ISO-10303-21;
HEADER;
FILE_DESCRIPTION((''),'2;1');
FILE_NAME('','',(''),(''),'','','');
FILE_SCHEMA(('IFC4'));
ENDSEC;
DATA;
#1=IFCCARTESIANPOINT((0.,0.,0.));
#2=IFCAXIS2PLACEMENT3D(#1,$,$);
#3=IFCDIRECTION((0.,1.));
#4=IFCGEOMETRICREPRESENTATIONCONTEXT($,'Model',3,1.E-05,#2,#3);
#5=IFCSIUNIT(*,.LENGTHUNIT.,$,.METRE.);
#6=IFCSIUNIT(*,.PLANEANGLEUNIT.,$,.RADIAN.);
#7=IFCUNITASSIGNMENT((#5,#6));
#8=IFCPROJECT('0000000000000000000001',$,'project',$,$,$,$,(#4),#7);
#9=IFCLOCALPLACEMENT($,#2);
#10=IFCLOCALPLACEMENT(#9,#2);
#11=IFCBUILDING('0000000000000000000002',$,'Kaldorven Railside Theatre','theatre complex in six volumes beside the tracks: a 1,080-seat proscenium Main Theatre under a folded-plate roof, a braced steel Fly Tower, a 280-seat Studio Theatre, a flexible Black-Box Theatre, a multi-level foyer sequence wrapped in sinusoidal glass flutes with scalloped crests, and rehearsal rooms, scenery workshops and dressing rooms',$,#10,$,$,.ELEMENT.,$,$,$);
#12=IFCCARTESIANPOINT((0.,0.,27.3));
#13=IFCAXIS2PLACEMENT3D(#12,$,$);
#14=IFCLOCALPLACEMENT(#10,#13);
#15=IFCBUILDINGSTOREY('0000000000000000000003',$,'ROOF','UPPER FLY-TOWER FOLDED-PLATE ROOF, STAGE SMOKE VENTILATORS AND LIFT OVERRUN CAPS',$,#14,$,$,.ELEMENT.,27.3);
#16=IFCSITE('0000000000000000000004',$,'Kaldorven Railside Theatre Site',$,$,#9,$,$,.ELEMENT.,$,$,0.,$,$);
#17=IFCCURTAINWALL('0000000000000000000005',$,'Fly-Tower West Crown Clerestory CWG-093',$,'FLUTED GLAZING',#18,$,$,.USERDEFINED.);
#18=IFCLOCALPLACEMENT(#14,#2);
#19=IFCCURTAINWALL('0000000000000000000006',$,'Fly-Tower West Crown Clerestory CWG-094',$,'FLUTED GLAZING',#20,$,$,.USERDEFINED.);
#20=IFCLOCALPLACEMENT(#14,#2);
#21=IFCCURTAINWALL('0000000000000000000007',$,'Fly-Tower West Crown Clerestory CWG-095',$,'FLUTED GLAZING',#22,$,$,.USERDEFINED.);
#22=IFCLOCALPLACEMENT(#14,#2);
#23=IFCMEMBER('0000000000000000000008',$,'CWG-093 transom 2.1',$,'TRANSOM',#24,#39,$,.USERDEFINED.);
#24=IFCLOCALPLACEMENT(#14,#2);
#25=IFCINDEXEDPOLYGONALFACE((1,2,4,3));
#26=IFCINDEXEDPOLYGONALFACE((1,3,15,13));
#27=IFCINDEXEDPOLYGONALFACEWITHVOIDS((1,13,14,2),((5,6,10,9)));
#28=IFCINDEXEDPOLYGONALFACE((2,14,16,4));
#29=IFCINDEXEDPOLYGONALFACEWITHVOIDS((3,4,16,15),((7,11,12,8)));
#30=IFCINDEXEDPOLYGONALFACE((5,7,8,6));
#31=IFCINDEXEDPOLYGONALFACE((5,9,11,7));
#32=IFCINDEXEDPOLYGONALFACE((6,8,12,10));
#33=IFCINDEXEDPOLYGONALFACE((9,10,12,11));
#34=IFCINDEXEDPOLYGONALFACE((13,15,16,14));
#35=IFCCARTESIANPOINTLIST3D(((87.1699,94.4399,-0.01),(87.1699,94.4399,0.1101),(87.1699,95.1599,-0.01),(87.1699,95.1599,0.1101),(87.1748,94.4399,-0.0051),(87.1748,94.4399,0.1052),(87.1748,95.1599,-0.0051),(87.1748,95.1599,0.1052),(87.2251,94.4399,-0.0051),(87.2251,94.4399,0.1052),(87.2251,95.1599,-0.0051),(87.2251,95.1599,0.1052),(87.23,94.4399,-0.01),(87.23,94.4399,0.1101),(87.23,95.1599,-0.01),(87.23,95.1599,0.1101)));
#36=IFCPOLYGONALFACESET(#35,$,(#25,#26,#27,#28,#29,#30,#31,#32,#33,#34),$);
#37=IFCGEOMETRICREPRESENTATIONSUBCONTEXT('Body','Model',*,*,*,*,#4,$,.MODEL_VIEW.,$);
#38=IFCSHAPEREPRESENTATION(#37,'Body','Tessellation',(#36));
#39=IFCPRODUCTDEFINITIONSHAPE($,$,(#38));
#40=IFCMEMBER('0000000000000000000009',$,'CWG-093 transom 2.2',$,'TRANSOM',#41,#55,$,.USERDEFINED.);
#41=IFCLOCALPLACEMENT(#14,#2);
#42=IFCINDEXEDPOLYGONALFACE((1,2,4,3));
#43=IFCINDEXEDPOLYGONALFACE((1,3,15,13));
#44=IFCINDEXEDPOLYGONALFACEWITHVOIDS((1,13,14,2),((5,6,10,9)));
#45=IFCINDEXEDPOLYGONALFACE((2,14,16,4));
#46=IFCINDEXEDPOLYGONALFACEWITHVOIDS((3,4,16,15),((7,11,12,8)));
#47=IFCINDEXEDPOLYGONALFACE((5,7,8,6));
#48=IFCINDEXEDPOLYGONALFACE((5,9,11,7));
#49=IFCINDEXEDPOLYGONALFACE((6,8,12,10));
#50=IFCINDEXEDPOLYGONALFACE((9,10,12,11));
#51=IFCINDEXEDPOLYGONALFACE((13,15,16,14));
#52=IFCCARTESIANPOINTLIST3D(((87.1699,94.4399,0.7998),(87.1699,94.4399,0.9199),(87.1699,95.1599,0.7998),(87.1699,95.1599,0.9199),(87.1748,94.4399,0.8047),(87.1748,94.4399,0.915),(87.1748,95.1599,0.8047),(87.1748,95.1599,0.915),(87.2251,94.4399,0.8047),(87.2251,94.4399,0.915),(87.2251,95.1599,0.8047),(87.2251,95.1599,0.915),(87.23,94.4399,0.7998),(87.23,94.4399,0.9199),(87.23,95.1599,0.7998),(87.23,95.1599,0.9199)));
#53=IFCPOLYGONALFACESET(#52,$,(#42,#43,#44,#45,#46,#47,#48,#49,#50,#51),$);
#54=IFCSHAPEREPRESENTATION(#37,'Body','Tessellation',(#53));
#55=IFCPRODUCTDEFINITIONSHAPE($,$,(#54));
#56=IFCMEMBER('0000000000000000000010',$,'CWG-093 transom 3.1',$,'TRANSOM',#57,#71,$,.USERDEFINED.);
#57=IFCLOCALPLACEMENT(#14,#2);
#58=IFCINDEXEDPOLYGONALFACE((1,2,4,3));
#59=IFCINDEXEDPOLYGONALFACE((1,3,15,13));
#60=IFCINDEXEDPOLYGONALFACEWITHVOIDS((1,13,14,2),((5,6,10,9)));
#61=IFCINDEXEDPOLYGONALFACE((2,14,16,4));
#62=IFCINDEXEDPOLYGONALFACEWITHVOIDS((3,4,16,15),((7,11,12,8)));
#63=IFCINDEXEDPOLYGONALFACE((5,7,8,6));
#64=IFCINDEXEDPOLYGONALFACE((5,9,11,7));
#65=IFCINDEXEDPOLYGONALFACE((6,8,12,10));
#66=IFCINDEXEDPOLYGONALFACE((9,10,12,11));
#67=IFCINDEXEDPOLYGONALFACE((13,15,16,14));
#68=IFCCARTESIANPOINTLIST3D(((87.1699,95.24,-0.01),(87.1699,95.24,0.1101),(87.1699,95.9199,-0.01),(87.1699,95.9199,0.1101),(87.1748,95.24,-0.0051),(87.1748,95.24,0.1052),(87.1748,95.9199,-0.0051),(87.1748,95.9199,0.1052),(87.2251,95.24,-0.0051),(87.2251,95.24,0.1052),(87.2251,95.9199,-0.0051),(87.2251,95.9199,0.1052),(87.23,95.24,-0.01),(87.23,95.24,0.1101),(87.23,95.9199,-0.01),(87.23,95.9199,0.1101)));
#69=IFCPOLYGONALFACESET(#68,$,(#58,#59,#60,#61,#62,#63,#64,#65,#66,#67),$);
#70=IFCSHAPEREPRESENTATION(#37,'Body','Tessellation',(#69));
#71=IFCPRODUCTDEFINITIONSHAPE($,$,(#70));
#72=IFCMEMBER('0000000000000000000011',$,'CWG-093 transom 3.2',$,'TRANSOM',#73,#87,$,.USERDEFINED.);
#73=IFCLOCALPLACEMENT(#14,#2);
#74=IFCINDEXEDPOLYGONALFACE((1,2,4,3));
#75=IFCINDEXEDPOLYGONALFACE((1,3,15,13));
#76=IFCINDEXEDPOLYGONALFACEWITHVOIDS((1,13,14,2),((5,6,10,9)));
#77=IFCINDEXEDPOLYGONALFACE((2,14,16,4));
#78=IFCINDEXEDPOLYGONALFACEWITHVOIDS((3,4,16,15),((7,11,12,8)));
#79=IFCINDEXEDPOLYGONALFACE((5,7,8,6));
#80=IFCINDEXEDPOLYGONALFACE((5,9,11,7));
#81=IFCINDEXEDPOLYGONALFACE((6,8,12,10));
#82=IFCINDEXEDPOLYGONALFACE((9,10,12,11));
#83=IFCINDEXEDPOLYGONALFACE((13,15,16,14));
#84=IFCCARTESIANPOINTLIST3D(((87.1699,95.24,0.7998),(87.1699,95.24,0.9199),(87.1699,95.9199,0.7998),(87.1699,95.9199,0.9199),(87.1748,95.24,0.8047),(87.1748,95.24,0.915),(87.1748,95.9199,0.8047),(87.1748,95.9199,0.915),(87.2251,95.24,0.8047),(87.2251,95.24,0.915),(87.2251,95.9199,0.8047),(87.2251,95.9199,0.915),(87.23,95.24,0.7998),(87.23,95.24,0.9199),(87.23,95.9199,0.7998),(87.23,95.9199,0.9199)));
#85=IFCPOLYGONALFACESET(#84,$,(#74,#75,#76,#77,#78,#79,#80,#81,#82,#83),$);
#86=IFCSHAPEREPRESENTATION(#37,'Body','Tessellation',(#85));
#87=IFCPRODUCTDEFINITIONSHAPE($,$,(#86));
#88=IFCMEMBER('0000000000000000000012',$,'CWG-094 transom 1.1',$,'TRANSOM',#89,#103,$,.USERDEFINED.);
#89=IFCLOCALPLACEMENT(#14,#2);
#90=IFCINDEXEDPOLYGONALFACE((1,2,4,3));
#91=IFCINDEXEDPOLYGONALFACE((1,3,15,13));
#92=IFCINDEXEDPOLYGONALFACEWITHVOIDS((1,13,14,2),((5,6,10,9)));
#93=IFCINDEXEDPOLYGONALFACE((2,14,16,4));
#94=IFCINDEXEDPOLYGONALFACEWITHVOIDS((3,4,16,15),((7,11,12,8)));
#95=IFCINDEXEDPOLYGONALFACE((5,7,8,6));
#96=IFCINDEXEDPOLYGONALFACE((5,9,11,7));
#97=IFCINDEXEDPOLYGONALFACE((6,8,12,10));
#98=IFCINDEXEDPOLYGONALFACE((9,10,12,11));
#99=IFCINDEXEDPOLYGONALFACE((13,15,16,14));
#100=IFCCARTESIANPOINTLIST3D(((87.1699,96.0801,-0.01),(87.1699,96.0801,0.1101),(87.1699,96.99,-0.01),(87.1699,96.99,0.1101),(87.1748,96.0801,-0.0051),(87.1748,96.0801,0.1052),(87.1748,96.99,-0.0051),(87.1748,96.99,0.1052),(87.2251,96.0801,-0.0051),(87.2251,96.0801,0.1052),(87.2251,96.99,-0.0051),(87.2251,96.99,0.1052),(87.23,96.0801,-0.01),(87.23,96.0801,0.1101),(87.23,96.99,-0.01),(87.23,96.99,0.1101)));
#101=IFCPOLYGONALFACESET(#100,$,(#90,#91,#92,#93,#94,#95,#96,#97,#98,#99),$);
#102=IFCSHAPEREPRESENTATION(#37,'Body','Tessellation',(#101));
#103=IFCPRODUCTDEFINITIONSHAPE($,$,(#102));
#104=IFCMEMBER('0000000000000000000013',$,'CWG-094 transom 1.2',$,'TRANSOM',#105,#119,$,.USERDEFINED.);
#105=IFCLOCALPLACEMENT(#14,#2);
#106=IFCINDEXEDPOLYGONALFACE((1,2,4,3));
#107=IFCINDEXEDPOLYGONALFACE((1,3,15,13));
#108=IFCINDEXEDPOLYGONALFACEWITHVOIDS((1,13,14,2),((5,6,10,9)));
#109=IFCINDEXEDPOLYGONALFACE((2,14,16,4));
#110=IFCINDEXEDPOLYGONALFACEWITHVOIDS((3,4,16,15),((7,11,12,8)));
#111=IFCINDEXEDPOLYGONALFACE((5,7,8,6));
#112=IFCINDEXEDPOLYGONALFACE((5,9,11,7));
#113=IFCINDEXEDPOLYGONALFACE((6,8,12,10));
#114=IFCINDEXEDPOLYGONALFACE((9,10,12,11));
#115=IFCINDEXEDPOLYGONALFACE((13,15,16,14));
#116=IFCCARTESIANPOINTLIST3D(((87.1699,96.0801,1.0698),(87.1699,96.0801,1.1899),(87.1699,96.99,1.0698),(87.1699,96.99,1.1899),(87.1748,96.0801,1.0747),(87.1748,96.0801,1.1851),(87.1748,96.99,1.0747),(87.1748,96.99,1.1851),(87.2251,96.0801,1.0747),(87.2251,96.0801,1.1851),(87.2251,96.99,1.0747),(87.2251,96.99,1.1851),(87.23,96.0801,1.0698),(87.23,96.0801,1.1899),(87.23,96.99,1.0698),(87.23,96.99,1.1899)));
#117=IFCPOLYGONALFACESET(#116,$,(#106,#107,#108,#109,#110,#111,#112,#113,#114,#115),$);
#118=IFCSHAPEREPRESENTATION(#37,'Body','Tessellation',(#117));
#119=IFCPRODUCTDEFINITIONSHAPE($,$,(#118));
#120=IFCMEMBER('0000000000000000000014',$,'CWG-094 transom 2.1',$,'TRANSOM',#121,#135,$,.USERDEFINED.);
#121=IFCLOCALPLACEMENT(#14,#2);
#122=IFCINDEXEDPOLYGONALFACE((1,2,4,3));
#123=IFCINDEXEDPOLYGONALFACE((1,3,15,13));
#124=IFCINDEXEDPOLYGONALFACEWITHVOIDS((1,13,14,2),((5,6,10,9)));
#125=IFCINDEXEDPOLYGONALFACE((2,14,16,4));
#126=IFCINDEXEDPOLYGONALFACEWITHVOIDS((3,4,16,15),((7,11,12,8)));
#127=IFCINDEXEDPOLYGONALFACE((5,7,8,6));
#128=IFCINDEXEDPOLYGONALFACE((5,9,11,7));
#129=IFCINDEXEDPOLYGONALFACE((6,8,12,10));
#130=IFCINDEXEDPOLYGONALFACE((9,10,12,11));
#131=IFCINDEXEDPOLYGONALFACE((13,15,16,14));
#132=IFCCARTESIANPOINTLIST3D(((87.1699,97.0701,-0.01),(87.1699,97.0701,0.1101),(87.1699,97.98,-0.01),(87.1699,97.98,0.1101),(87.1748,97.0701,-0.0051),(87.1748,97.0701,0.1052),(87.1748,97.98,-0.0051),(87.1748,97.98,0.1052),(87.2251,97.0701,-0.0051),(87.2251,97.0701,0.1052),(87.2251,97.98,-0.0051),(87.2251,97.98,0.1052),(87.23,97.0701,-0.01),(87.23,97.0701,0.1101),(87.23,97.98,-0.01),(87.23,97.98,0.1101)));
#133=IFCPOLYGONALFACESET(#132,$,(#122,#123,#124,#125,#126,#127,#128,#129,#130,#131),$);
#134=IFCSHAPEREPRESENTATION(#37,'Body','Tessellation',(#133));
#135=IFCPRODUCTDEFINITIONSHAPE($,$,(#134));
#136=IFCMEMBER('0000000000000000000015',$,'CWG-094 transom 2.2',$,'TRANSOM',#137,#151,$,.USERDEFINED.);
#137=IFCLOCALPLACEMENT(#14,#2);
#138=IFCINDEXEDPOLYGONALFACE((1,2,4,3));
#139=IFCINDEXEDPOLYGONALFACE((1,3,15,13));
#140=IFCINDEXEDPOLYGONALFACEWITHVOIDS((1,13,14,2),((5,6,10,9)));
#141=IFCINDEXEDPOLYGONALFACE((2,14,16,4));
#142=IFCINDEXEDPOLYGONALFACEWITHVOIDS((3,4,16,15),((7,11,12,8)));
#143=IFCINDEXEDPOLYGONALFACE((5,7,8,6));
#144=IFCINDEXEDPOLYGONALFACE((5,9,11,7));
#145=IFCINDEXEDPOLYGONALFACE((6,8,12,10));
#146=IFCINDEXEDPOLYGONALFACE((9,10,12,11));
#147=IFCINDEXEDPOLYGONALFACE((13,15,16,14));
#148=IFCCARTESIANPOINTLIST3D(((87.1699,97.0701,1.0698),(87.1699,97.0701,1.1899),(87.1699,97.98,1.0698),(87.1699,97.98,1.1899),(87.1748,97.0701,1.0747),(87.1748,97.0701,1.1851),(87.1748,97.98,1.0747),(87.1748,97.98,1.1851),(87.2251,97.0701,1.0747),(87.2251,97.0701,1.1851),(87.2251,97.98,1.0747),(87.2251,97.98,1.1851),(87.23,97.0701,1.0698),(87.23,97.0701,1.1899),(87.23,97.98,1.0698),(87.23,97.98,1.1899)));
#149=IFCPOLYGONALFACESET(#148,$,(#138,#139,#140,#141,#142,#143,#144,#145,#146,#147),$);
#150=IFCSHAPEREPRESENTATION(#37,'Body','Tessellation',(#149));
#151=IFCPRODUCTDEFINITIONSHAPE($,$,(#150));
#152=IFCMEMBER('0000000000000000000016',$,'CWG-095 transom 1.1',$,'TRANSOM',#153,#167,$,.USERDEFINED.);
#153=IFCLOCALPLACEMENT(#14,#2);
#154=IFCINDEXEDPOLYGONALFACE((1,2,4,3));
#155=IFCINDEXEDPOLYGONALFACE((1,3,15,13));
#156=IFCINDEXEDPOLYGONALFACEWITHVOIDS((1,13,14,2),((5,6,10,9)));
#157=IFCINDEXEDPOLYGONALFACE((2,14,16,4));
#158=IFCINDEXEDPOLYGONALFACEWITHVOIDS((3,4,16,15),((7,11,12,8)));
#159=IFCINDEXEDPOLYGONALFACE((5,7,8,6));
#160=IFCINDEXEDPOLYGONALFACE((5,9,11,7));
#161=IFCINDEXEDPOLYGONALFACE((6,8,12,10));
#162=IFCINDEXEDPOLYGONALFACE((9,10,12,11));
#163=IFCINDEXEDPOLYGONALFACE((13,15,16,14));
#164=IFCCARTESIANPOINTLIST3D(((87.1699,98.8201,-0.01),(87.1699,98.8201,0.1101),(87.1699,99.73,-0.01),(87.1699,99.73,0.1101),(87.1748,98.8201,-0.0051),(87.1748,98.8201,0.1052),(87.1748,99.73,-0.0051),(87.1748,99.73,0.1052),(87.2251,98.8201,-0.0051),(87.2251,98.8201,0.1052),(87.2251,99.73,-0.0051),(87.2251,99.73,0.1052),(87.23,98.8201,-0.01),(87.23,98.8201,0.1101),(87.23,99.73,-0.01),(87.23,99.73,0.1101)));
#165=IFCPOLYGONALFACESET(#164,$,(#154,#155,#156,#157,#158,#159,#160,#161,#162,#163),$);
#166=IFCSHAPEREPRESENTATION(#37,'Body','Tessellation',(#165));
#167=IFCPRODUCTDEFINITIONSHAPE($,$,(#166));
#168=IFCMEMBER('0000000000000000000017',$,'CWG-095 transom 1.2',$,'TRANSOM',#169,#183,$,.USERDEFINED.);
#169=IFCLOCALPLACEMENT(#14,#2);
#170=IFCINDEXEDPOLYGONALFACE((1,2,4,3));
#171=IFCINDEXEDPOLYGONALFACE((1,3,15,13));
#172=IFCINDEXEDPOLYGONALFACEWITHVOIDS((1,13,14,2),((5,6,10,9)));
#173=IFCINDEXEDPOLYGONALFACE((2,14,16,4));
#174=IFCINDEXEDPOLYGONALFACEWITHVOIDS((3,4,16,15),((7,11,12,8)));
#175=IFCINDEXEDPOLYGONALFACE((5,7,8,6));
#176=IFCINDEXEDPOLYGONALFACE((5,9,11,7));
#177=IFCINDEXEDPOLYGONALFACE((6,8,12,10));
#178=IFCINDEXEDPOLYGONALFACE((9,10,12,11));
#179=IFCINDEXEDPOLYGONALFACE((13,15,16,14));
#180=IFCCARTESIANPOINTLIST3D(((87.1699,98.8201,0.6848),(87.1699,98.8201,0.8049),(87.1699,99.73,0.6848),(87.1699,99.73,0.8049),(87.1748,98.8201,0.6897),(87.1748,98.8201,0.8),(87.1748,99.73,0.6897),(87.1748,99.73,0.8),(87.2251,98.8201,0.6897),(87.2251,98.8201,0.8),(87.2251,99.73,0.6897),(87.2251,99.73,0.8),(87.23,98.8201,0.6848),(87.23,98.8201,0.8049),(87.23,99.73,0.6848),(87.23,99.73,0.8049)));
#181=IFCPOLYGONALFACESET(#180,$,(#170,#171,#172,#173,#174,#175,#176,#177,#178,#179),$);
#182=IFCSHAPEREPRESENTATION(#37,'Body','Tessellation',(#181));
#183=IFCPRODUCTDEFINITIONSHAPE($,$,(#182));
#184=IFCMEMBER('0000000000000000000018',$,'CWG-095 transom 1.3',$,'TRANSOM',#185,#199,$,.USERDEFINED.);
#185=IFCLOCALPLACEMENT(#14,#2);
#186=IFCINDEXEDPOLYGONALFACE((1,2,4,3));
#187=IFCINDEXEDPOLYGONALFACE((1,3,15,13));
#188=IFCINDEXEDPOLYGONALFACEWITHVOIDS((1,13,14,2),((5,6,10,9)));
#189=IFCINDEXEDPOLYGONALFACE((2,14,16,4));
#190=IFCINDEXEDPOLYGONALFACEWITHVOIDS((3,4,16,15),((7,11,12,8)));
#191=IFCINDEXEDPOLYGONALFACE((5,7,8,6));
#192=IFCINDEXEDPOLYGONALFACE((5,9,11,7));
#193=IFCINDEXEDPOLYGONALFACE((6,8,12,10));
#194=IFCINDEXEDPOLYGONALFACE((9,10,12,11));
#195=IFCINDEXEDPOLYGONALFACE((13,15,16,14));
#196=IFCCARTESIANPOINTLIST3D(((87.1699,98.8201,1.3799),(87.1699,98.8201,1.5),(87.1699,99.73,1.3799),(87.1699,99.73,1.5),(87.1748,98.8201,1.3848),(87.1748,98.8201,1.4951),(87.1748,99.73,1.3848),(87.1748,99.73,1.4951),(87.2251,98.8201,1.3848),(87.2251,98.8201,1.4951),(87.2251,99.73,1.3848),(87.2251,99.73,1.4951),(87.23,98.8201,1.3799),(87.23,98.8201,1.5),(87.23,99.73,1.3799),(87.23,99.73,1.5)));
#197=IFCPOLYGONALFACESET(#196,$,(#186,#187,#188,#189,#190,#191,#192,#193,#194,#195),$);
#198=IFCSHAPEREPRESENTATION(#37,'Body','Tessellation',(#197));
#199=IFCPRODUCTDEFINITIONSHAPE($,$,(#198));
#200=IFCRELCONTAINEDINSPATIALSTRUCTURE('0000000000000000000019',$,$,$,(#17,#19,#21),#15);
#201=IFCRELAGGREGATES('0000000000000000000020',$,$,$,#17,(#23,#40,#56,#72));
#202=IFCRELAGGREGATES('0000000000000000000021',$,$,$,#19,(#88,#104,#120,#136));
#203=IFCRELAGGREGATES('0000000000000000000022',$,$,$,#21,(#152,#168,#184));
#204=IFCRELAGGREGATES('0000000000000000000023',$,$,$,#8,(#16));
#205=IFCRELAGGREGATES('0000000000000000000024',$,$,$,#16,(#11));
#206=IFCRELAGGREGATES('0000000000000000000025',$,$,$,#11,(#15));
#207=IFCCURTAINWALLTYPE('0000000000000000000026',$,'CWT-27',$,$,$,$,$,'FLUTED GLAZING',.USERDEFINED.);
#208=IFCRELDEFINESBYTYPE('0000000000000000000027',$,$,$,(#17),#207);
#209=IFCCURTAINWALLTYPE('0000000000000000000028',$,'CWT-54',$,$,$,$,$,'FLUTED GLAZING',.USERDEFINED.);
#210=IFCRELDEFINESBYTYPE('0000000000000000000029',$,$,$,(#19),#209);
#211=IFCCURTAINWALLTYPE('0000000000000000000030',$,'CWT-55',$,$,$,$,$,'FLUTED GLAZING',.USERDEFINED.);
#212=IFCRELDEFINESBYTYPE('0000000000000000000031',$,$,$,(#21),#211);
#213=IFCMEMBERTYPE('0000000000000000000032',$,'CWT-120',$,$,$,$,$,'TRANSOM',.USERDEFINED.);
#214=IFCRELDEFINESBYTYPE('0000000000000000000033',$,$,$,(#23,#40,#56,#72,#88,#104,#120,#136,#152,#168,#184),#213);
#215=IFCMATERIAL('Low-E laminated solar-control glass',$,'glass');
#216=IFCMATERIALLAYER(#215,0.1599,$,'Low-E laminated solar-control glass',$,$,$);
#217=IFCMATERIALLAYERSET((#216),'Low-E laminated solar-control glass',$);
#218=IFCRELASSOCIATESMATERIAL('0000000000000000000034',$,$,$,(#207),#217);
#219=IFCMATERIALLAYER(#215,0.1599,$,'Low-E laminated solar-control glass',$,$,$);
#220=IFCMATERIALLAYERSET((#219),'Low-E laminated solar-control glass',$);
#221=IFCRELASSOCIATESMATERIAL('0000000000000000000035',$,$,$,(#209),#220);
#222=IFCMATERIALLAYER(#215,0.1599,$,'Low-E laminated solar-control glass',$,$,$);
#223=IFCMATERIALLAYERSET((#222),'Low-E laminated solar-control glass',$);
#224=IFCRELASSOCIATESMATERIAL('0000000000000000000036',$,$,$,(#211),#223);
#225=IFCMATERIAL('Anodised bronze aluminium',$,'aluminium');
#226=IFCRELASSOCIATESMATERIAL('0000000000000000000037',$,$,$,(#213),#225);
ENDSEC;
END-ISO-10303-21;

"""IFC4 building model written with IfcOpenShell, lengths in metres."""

from ifc_helpers import new_model, si_unit, direction, frame, origin, origin_2d, place, context, subcontext, project, spatial, hollow_rectangle, extrude, material, layer, layer_set, material_profile, profile_set, type_object, element, aggregate, save


model = new_model("IFC4")

# Units and contexts
model_context = context("Model", 3, precision=1e-05, world=origin(), true_north=direction((0.0, 1.0)))
body_context = subcontext(model_context, "Body", "Model", "MODEL_VIEW")
ifc_project = project(units=[si_unit("LENGTHUNIT", "METRE"), si_unit("PLANEANGLEUNIT", "RADIAN")], contexts=[model_context])

# Site, building, storey
site_placement = place(None, origin())
site = spatial("IfcSite", under=ifc_project, at=site_placement, Name="Kaldorven Railside Theatre Site", CompositionType="ELEMENT", RefElevation=0.0)
building_placement = place(site_placement, origin())
building = spatial("IfcBuilding", under=site, at=building_placement, Name="Kaldorven Railside Theatre", Description="theatre complex in six volumes beside the tracks: a 1,080-seat proscenium Main Theatre under a folded-plate roof, a braced steel Fly Tower, a 280-seat Studio Theatre, a flexible Black-Box Theatre, a multi-level foyer sequence wrapped in sinusoidal glass flutes with scalloped crests, and rehearsal rooms, scenery workshops and dressing rooms", CompositionType="ELEMENT")
storey_placement = place(building_placement, frame((0.0, 0.0, 27.3)))
storey = spatial("IfcBuildingStorey", under=building, at=storey_placement, Name="ROOF", Description="UPPER FLY-TOWER FOLDED-PLATE ROOF, STAGE SMOKE VENTILATORS AND LIFT OVERRUN CAPS", CompositionType="ELEMENT", Elevation=27.3)

# Curtain walls
ifc_material_1 = material(Name="Low-E laminated solar-control glass", Category="glass")
ifc_layer_1 = layer(ifc_material_1, 0.1599, Name="Low-E laminated solar-control glass")
ifc_layer_set_1 = layer_set([ifc_layer_1], Name="Low-E laminated solar-control glass")
curtain_wall_type_1 = type_object("IfcCurtainWallType", Name="CWT-27", ElementType="FLUTED GLAZING", PredefinedType="USERDEFINED", material=ifc_layer_set_1)
curtain_wall_1_placement = place(storey_placement, origin())
curtain_wall_1 = element("IfcCurtainWall", 1, at=curtain_wall_1_placement, inside=storey, type_object=curtain_wall_type_1, Name="Fly-Tower West Crown Clerestory CWG-093", ObjectType="FLUTED GLAZING", PredefinedType="USERDEFINED")
ifc_material_2 = material(Name="Anodised bronze aluminium", Category="aluminium")
ifc_layer_2 = layer(ifc_material_1, 0.1599, Name="Low-E laminated solar-control glass")
ifc_layer_set_2 = layer_set([ifc_layer_2], Name="Low-E laminated solar-control glass")
curtain_wall_type_2 = type_object("IfcCurtainWallType", Name="CWT-54", ElementType="FLUTED GLAZING", PredefinedType="USERDEFINED", material=ifc_layer_set_2)
curtain_wall_2_placement = place(storey_placement, origin())
curtain_wall_2 = element("IfcCurtainWall", 2, at=curtain_wall_2_placement, inside=storey, type_object=curtain_wall_type_2, Name="Fly-Tower West Crown Clerestory CWG-094", ObjectType="FLUTED GLAZING", PredefinedType="USERDEFINED")

# Curtain wall
ifc_layer_3 = layer(ifc_material_1, 0.1599, Name="Low-E laminated solar-control glass")
ifc_layer_set_3 = layer_set([ifc_layer_3], Name="Low-E laminated solar-control glass")
curtain_wall_type_3 = type_object("IfcCurtainWallType", Name="CWT-55", ElementType="FLUTED GLAZING", PredefinedType="USERDEFINED", material=ifc_layer_set_3)
curtain_wall_3_placement = place(storey_placement, origin())
curtain_wall_3 = element("IfcCurtainWall", 3, at=curtain_wall_3_placement, inside=storey, type_object=curtain_wall_type_3, Name="Fly-Tower West Crown Clerestory CWG-095", ObjectType="FLUTED GLAZING", PredefinedType="USERDEFINED")

# Members
ifc_material_profile_1 = material_profile(ifc_material_2, hollow_rectangle(XDim=0.0601, YDim=0.1201, WallThickness=0.0049, at=origin_2d()), Name="RHS 120x60x5")
ifc_profile_set_1 = profile_set([ifc_material_profile_1], Name="Anodised bronze aluminium")
member_type_1 = type_object("IfcMemberType", Name="CWT-120", ElementType="TRANSOM", PredefinedType="USERDEFINED", material=ifc_profile_set_1)
member_1_placement = place(storey_placement, frame((87.2, 94.4399, 0.05), z_axis=(0.0, 1.0, 0.0), x_axis=(-1.0, 0.0, 0.0)))
member_1 = element("IfcMember", 4, at=member_1_placement, type_object=member_type_1, Name="CWG-093 transom 2.1", ObjectType="TRANSOM", PredefinedType="USERDEFINED", context=body_context, shape_type="SweptSolid", body=[
    extrude(hollow_rectangle(XDim=0.0601, YDim=0.1201, WallThickness=0.0049, at=origin_2d()), origin(), (0.0, 0.0, 1.0), 0.72),
])
member_2_placement = place(storey_placement, frame((87.2, 94.4399, 0.8599), z_axis=(0.0, 1.0, 0.0), x_axis=(-1.0, 0.0, 0.0)))
member_2 = element("IfcMember", 5, at=member_2_placement, type_object=member_type_1, Name="CWG-093 transom 2.2", ObjectType="TRANSOM", PredefinedType="USERDEFINED", context=body_context, shape_type="SweptSolid", body=[
    extrude(hollow_rectangle(XDim=0.0601, YDim=0.1201, WallThickness=0.0049, at=origin_2d()), origin(), (0.0, 0.0, 1.0), 0.72),
])
member_3_placement = place(storey_placement, frame((87.2, 95.24, 0.05), z_axis=(0.0, 1.0, 0.0), x_axis=(-1.0, 0.0, 0.0)))
member_3 = element("IfcMember", 6, at=member_3_placement, type_object=member_type_1, Name="CWG-093 transom 3.1", ObjectType="TRANSOM", PredefinedType="USERDEFINED", context=body_context, shape_type="SweptSolid", body=[
    extrude(hollow_rectangle(XDim=0.0601, YDim=0.1201, WallThickness=0.0049, at=origin_2d()), origin(), (0.0, 0.0, 1.0), 0.6799),
])
member_4_placement = place(storey_placement, frame((87.2, 95.24, 0.8599), z_axis=(0.0, 1.0, 0.0), x_axis=(-1.0, 0.0, 0.0)))
member_4 = element("IfcMember", 7, at=member_4_placement, type_object=member_type_1, Name="CWG-093 transom 3.2", ObjectType="TRANSOM", PredefinedType="USERDEFINED", context=body_context, shape_type="SweptSolid", body=[
    extrude(hollow_rectangle(XDim=0.0601, YDim=0.1201, WallThickness=0.0049, at=origin_2d()), origin(), (0.0, 0.0, 1.0), 0.6799),
])
member_5_placement = place(storey_placement, frame((87.2, 96.0801, 0.05), z_axis=(0.0, 1.0, 0.0), x_axis=(-1.0, 0.0, 0.0)))
member_5 = element("IfcMember", 8, at=member_5_placement, type_object=member_type_1, Name="CWG-094 transom 1.1", ObjectType="TRANSOM", PredefinedType="USERDEFINED", context=body_context, shape_type="SweptSolid", body=[
    extrude(hollow_rectangle(XDim=0.0601, YDim=0.1201, WallThickness=0.0049, at=origin_2d()), origin(), (0.0, 0.0, 1.0), 0.9099),
])
member_6_placement = place(storey_placement, frame((87.2, 96.0801, 1.1299), z_axis=(0.0, 1.0, 0.0), x_axis=(-1.0, 0.0, 0.0)))
member_6 = element("IfcMember", 9, at=member_6_placement, type_object=member_type_1, Name="CWG-094 transom 1.2", ObjectType="TRANSOM", PredefinedType="USERDEFINED", context=body_context, shape_type="SweptSolid", body=[
    extrude(hollow_rectangle(XDim=0.0601, YDim=0.1201, WallThickness=0.0049, at=origin_2d()), origin(), (0.0, 0.0, 1.0), 0.9099),
])
member_7_placement = place(storey_placement, frame((87.2, 97.0701, 0.05), z_axis=(0.0, 1.0, 0.0), x_axis=(-1.0, 0.0, 0.0)))
member_7 = element("IfcMember", 10, at=member_7_placement, type_object=member_type_1, Name="CWG-094 transom 2.1", ObjectType="TRANSOM", PredefinedType="USERDEFINED", context=body_context, shape_type="SweptSolid", body=[
    extrude(hollow_rectangle(XDim=0.0601, YDim=0.1201, WallThickness=0.0049, at=origin_2d()), origin(), (0.0, 0.0, 1.0), 0.9099),
])
member_8_placement = place(storey_placement, frame((87.2, 97.0701, 1.1299), z_axis=(0.0, 1.0, 0.0), x_axis=(-1.0, 0.0, 0.0)))
member_8 = element("IfcMember", 11, at=member_8_placement, type_object=member_type_1, Name="CWG-094 transom 2.2", ObjectType="TRANSOM", PredefinedType="USERDEFINED", context=body_context, shape_type="SweptSolid", body=[
    extrude(hollow_rectangle(XDim=0.0601, YDim=0.1201, WallThickness=0.0049, at=origin_2d()), origin(), (0.0, 0.0, 1.0), 0.9099),
])
member_9_placement = place(storey_placement, frame((87.2, 98.8201, 0.05), z_axis=(0.0, 1.0, 0.0), x_axis=(-1.0, 0.0, 0.0)))
member_9 = element("IfcMember", 12, at=member_9_placement, type_object=member_type_1, Name="CWG-095 transom 1.1", ObjectType="TRANSOM", PredefinedType="USERDEFINED", context=body_context, shape_type="SweptSolid", body=[
    extrude(hollow_rectangle(XDim=0.0601, YDim=0.1201, WallThickness=0.0049, at=origin_2d()), origin(), (0.0, 0.0, 1.0), 0.9099),
])
member_10_placement = place(storey_placement, frame((87.2, 98.8201, 0.7449), z_axis=(0.0, 1.0, 0.0), x_axis=(-1.0, 0.0, 0.0)))
member_10 = element("IfcMember", 13, at=member_10_placement, type_object=member_type_1, Name="CWG-095 transom 1.2", ObjectType="TRANSOM", PredefinedType="USERDEFINED", context=body_context, shape_type="SweptSolid", body=[
    extrude(hollow_rectangle(XDim=0.0601, YDim=0.1201, WallThickness=0.0049, at=origin_2d()), origin(), (0.0, 0.0, 1.0), 0.9099),
])
member_11_placement = place(storey_placement, frame((87.2, 98.8201, 1.4399), z_axis=(0.0, 1.0, 0.0), x_axis=(-1.0, 0.0, 0.0)))
member_11 = element("IfcMember", 14, at=member_11_placement, type_object=member_type_1, Name="CWG-095 transom 1.3", ObjectType="TRANSOM", PredefinedType="USERDEFINED", context=body_context, shape_type="SweptSolid", body=[
    extrude(hollow_rectangle(XDim=0.0601, YDim=0.1201, WallThickness=0.0049, at=origin_2d()), origin(), (0.0, 0.0, 1.0), 0.9099),
])

aggregate(curtain_wall_1, [member_1, member_2, member_3, member_4])
aggregate(curtain_wall_2, [member_5, member_6, member_7, member_8])
aggregate(curtain_wall_3, [member_9, member_10, member_11])

save(model, "model.ifc")
